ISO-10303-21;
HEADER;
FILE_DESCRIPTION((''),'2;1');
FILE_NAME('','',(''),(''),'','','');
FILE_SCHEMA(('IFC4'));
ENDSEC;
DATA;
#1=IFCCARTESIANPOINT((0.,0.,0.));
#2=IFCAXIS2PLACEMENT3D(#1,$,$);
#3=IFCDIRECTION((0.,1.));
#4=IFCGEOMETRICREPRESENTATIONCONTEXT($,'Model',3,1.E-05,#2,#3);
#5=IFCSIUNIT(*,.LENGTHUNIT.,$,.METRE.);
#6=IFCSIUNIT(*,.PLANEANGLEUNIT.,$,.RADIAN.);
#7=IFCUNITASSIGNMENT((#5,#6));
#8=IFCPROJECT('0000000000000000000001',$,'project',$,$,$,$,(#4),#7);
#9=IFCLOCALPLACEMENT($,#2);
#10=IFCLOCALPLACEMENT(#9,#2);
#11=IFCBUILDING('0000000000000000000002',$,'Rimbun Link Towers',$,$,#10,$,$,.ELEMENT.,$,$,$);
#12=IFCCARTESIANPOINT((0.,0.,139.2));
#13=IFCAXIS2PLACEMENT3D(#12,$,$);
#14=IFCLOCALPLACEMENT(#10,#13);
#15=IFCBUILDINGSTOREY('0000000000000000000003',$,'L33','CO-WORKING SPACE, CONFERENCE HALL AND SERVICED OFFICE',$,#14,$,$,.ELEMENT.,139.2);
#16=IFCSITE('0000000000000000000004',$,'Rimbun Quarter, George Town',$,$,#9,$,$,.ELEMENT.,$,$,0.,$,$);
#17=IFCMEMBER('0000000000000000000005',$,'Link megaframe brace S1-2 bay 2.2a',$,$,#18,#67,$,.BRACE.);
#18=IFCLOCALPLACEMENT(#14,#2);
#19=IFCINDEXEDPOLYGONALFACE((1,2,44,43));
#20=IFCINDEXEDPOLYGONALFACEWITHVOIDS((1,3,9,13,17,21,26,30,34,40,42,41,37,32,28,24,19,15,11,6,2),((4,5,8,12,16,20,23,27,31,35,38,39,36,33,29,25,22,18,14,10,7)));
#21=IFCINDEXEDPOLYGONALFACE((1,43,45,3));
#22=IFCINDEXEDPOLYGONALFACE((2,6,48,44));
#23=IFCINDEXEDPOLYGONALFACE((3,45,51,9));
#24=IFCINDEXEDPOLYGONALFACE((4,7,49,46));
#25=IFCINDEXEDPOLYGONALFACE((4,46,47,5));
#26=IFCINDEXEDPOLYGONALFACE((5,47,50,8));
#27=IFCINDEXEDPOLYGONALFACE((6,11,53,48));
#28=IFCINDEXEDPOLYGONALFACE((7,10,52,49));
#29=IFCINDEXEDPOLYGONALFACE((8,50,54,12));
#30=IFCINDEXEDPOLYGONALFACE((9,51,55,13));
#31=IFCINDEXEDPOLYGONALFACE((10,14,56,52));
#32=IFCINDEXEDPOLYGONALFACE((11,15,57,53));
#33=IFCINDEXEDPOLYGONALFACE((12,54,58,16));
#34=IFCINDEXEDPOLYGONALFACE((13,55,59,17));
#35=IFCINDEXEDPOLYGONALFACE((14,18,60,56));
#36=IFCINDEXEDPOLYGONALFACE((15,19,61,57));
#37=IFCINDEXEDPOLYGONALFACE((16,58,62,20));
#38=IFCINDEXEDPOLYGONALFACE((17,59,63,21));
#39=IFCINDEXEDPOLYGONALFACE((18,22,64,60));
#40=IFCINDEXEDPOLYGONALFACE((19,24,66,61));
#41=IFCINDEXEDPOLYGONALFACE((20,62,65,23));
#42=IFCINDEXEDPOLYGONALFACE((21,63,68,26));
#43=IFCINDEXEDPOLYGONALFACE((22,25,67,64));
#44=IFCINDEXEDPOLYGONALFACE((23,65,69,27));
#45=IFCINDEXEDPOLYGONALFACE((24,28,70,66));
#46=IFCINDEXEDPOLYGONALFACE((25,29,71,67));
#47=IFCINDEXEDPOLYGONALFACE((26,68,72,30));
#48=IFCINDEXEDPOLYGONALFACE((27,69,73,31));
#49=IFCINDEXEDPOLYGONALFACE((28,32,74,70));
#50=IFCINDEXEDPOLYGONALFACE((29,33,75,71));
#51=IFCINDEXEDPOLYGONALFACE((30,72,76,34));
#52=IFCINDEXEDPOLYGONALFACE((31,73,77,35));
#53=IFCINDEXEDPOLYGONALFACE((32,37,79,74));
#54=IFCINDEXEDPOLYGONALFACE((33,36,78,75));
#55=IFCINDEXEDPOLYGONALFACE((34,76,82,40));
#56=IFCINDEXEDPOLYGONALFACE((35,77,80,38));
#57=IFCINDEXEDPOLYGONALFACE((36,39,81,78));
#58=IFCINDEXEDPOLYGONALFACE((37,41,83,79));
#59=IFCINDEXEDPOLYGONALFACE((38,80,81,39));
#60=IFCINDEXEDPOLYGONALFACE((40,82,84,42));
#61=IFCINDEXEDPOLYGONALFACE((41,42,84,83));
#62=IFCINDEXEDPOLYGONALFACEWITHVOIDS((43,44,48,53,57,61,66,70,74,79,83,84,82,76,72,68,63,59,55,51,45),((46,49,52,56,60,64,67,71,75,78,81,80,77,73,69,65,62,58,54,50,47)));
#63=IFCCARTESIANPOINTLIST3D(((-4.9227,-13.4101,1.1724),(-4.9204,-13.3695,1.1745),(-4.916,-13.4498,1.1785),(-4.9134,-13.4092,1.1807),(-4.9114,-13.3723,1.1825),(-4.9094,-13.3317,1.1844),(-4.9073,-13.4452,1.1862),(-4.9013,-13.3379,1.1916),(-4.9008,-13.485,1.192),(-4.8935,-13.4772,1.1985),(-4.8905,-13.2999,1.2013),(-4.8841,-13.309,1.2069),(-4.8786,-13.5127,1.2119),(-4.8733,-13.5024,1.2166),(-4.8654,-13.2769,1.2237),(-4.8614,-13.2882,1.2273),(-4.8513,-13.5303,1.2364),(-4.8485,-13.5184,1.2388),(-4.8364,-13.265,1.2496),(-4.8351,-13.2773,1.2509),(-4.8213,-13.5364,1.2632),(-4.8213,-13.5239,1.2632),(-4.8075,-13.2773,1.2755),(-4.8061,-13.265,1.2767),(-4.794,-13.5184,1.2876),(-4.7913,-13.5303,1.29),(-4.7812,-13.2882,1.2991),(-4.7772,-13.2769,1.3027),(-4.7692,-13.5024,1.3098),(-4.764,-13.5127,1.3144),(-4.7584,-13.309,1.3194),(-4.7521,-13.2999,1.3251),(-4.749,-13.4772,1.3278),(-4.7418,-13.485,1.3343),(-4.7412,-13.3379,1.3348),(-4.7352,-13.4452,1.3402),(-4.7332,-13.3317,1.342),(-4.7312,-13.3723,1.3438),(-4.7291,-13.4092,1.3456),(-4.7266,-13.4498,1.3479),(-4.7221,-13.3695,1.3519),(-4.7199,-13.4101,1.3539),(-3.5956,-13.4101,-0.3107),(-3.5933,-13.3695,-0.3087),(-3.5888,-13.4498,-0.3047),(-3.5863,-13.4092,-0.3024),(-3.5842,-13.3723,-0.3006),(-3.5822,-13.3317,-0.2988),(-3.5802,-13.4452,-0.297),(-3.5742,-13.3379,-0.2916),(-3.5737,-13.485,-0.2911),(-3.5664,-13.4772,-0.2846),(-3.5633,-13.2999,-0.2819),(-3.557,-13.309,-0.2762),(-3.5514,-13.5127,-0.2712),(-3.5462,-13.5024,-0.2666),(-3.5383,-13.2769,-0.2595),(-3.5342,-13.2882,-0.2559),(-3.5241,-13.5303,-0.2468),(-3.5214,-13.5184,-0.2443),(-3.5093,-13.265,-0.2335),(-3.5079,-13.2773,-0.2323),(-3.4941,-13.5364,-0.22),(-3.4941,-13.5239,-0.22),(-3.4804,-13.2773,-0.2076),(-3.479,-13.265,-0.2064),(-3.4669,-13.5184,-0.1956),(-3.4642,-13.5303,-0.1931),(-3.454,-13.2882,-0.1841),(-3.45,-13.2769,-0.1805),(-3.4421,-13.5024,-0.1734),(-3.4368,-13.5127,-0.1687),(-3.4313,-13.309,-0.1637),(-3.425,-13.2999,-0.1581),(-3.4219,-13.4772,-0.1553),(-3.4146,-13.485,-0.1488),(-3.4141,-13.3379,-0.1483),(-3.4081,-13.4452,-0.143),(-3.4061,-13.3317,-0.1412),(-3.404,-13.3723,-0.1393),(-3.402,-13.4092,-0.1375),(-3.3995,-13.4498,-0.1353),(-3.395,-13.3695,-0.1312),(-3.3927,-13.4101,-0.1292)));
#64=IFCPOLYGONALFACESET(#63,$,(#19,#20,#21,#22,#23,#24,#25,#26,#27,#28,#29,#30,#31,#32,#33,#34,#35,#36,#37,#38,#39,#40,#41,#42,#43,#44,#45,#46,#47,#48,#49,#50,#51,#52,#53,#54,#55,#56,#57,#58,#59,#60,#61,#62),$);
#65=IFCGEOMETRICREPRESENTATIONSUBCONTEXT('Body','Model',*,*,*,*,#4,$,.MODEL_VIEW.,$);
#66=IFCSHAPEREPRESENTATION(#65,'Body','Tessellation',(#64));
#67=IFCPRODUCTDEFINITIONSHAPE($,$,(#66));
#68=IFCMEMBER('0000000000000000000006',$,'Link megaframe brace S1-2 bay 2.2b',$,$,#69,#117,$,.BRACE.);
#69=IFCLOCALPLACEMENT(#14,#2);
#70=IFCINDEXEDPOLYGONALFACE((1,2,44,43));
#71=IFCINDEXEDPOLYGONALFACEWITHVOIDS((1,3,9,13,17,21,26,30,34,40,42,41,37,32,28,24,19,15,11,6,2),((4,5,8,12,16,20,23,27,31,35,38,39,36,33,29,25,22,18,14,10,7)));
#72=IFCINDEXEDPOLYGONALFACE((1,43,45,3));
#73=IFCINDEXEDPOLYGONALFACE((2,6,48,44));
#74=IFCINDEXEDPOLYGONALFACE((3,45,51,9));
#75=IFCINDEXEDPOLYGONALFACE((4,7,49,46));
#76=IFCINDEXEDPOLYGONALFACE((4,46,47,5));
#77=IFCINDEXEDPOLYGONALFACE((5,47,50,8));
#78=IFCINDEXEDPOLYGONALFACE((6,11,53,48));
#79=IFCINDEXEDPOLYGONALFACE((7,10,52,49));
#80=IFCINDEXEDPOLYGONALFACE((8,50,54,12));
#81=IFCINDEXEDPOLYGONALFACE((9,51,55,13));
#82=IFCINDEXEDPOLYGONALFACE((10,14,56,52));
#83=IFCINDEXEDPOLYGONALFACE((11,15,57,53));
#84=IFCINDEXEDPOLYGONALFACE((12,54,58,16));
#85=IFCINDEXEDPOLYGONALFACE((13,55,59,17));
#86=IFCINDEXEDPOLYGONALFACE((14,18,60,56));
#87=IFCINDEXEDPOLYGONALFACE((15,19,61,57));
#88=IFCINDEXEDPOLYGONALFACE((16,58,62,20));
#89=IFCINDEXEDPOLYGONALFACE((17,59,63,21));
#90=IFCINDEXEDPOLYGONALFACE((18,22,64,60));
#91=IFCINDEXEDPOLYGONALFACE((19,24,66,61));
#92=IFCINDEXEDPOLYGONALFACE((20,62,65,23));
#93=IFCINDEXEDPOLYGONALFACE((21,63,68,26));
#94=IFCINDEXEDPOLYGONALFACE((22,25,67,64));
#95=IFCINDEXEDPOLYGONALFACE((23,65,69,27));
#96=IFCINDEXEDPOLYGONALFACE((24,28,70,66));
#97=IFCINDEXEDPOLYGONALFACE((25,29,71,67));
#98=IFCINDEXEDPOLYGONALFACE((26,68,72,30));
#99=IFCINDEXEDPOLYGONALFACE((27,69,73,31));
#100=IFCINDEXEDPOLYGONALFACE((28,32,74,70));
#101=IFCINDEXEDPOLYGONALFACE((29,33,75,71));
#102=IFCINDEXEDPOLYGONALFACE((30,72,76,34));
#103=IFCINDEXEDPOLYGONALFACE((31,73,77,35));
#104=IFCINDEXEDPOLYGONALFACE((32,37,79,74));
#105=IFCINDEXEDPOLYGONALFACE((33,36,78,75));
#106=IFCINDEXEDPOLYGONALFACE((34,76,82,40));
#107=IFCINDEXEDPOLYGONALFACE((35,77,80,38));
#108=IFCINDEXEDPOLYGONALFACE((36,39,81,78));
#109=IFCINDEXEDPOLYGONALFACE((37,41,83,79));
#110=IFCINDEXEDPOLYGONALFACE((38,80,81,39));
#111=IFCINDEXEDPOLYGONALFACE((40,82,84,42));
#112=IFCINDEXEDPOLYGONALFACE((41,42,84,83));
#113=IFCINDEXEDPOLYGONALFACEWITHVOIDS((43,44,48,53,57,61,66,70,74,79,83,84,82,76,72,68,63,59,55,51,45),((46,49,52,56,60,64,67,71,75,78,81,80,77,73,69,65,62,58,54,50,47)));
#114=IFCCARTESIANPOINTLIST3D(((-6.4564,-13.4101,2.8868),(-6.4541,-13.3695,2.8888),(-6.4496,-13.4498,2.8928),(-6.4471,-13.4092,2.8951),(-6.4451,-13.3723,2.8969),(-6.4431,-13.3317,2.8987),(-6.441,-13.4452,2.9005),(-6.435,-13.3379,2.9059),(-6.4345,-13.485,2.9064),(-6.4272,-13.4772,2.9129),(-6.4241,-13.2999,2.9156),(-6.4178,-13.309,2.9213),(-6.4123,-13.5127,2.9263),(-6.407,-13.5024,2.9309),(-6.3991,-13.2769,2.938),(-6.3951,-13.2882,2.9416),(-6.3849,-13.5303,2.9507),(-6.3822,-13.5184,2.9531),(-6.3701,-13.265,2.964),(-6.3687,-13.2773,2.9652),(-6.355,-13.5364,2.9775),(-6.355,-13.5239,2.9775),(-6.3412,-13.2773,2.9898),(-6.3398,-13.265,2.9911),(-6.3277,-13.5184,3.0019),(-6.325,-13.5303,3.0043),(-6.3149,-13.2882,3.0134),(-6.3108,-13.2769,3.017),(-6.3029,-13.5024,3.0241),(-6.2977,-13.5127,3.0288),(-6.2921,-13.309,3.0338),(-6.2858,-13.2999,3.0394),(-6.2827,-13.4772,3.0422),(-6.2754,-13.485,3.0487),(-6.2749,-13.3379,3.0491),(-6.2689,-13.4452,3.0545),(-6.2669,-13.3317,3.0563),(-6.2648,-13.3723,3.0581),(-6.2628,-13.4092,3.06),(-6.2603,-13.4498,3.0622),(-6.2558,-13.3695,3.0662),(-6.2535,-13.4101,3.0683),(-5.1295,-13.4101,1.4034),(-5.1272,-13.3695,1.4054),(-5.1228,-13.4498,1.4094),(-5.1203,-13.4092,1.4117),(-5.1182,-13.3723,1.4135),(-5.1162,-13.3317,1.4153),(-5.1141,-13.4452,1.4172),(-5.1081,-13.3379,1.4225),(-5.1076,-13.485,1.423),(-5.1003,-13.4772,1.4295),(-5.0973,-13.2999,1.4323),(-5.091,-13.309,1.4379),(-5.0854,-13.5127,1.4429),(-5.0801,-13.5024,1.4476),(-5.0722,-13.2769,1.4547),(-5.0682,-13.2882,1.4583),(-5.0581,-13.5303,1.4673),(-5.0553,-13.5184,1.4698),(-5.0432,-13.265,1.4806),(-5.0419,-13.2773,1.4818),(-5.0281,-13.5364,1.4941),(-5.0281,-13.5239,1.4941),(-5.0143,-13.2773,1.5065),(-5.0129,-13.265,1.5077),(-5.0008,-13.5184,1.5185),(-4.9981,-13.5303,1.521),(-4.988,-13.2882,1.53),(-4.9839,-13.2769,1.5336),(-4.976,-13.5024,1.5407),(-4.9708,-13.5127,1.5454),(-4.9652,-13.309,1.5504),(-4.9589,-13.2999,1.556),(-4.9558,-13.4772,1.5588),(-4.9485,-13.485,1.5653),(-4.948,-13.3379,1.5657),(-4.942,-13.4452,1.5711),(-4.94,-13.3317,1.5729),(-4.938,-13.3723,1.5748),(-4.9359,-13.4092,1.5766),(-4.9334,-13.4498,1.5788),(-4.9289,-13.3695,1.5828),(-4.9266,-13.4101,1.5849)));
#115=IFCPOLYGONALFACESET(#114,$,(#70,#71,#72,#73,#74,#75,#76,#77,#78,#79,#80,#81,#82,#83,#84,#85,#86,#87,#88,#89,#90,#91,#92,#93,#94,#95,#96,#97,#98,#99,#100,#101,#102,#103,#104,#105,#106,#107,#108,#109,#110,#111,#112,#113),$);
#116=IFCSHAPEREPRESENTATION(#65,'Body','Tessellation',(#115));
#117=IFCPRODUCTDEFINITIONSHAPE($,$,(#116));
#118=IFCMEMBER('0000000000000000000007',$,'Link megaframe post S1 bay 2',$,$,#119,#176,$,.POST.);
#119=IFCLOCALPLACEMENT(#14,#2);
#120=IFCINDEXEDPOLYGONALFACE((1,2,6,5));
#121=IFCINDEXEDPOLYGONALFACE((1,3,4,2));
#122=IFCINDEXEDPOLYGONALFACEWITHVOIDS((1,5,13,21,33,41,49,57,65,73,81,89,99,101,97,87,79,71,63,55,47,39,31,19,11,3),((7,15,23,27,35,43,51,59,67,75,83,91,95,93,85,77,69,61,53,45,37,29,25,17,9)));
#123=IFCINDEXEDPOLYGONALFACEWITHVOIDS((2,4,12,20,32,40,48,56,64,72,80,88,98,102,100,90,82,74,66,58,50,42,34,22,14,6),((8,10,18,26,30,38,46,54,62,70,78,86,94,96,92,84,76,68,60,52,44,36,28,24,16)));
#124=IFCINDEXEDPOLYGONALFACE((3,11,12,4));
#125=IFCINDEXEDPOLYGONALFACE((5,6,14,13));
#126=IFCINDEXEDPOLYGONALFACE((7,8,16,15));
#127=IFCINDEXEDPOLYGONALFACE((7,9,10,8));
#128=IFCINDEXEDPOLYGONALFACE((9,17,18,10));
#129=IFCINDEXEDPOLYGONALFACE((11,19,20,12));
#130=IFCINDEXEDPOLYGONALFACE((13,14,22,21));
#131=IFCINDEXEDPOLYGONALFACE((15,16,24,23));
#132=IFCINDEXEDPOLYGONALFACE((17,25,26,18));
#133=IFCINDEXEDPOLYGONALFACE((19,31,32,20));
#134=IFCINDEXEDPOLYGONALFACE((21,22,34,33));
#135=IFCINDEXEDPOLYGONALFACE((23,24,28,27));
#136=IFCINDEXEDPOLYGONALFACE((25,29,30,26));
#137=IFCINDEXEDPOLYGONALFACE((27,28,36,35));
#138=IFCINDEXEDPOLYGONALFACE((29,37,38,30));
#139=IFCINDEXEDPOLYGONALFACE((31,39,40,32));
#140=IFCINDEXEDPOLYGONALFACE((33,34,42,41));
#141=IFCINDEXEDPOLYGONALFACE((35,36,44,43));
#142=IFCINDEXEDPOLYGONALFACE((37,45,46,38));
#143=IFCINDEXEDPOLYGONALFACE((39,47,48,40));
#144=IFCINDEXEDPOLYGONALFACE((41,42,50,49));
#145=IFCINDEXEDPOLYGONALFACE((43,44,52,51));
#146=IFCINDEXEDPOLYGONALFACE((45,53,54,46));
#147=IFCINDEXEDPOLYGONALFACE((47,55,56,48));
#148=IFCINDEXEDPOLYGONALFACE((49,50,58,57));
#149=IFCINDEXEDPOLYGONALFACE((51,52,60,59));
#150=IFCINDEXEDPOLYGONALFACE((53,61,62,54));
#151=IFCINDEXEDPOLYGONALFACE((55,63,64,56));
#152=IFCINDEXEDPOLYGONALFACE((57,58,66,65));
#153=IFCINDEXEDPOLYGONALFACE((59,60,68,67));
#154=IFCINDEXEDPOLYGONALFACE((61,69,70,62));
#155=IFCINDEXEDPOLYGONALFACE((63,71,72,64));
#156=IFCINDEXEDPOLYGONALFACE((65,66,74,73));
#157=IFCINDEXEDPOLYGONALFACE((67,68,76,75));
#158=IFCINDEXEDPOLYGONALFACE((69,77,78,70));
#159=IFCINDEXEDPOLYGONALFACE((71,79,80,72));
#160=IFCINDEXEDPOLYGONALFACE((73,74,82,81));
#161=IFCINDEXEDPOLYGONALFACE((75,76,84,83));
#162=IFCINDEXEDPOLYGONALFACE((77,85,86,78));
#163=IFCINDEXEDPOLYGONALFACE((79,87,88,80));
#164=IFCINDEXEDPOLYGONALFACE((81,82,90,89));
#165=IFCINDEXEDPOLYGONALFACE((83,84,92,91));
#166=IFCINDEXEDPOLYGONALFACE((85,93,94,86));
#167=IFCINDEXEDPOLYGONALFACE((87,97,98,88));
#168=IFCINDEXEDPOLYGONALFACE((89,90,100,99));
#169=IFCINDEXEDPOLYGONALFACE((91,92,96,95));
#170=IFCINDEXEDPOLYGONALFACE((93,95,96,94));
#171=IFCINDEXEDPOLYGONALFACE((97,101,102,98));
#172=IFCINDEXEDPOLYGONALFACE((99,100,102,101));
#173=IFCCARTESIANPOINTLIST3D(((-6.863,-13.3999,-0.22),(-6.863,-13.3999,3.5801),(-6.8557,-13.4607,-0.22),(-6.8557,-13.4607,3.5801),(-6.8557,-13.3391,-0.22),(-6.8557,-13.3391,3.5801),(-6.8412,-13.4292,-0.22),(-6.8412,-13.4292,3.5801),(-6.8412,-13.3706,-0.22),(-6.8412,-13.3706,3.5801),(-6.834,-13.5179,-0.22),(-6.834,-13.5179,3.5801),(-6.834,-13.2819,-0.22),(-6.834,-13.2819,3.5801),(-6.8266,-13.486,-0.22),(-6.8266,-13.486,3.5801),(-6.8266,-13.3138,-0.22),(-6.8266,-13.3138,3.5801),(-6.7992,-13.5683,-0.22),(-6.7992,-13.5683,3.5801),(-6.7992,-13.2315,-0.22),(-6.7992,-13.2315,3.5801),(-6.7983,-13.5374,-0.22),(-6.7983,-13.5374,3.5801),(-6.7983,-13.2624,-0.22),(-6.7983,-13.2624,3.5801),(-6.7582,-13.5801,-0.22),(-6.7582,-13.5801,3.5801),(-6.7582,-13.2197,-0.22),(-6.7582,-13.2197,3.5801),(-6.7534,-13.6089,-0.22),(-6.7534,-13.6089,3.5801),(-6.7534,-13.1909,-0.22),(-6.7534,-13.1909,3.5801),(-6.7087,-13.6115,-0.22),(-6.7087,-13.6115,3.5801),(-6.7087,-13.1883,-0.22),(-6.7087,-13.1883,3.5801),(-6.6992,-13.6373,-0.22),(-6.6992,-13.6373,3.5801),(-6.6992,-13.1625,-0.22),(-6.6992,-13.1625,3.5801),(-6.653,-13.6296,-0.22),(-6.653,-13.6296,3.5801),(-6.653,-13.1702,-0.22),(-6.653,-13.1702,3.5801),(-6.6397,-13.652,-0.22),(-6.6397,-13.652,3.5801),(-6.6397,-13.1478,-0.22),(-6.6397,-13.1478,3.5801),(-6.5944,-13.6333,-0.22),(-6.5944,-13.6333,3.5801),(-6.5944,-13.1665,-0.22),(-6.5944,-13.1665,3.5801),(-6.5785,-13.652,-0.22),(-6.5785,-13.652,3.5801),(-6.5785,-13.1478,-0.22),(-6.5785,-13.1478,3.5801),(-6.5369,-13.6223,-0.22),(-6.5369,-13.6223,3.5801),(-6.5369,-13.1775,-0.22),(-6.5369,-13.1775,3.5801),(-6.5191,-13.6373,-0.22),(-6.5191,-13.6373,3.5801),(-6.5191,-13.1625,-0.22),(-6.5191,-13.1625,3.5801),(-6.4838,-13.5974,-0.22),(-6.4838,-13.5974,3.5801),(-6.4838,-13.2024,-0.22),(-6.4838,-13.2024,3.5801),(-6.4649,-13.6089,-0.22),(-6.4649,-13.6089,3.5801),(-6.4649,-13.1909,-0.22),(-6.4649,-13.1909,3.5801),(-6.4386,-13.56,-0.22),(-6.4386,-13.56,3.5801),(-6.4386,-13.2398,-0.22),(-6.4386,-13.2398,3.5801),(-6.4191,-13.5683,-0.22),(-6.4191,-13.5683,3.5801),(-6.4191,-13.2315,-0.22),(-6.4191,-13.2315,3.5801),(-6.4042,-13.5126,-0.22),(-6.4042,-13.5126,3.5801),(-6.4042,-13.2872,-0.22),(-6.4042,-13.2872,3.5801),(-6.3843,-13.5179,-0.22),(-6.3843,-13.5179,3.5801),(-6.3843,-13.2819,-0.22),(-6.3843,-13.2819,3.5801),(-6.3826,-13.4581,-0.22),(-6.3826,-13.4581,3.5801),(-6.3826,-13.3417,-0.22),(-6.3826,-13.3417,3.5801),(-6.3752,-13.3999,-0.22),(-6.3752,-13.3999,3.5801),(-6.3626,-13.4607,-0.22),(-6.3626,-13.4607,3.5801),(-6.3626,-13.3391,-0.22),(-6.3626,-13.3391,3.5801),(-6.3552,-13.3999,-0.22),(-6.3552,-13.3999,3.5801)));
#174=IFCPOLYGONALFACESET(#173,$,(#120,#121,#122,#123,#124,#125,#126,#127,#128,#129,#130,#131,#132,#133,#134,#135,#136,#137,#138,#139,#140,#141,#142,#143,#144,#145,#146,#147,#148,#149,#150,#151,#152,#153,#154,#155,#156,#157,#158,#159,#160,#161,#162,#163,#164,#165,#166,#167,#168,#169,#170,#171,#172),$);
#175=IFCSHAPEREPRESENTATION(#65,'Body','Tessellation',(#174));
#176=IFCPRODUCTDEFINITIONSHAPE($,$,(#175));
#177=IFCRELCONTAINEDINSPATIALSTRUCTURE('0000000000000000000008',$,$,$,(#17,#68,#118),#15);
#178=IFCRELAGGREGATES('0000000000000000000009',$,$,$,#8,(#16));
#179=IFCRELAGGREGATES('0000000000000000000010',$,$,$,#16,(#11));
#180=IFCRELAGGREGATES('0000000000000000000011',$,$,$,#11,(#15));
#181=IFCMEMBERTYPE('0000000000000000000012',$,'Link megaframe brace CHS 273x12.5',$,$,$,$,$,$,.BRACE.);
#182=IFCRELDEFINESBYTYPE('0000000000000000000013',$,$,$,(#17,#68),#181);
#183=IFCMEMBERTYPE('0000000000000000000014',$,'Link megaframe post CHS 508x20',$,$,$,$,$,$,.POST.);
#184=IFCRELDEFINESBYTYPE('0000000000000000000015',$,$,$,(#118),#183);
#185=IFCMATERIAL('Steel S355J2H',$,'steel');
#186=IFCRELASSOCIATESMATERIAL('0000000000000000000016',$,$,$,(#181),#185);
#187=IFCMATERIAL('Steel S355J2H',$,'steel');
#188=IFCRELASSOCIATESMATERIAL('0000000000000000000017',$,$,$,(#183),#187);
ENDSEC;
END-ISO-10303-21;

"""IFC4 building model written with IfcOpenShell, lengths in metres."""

from ifc_helpers import new_model, si_unit, direction, frame, origin, origin_2d, place, context, subcontext, project, spatial, hollow_circle, extrude, material, material_profile, profile_set, type_object, element, save


model = new_model("IFC4")

# Units and contexts
model_context = context("Model", 3, precision=1e-05, world=origin(), true_north=direction((0.0, 1.0)))
body_context = subcontext(model_context, "Body", "Model", "MODEL_VIEW")
ifc_project = project(units=[si_unit("LENGTHUNIT", "METRE"), si_unit("PLANEANGLEUNIT", "RADIAN")], contexts=[model_context])

# Site, building, storey
site_placement = place(None, origin())
site = spatial("IfcSite", under=ifc_project, at=site_placement, Name="Rimbun Quarter, George Town", CompositionType="ELEMENT", RefElevation=0.0)
building_placement = place(site_placement, origin())
building = spatial("IfcBuilding", under=site, at=building_placement, Name="Rimbun Link Towers", CompositionType="ELEMENT")
storey_placement = place(building_placement, frame((0.0, 0.0, 139.2)))
storey = spatial("IfcBuildingStorey", under=building, at=storey_placement, Name="L33", Description="CO-WORKING SPACE, CONFERENCE HALL AND SERVICED OFFICE", CompositionType="ELEMENT", Elevation=139.2)

# Members
ifc_material_1 = material(Name="Steel S355J2H", Category="steel")
ifc_material_profile_1 = material_profile(ifc_material_1, hollow_circle(Radius=0.1365, WallThickness=0.0125, at=origin_2d()), Name="CHS 273x12.5")
ifc_profile_set_1 = profile_set([ifc_material_profile_1], Name="Steel S355J2H")
member_type_1 = type_object("IfcMemberType", Name="Link megaframe brace CHS 273x12.5", PredefinedType="BRACE", material=ifc_profile_set_1)
for number, where, z_axis, x_axis, name in (
    (1, (-3.4941, -13.3999, -0.22), (-0.666827, 0.0, 0.745212), (0.0, -1.0, 0.0), "Link megaframe brace S1-2 bay 2.2a"),
    (2, (-5.0281, -13.3999, 1.4941), (-0.666698, 0.0, 0.745328), (0.0, -1.0, 0.0), "Link megaframe brace S1-2 bay 2.2b"),
):
    element("IfcMember", number, at=place(storey_placement, frame(where, z_axis=z_axis, x_axis=x_axis)), inside=storey, type_object=member_type_1, Name=name, PredefinedType="BRACE", context=body_context, shape_type="SweptSolid", body=[
        extrude(hollow_circle(Radius=0.1365, WallThickness=0.0125, at=origin_2d()), origin(), (0.0, 0.0, 1.0), 1.9902),
    ])
ifc_material_2 = material(Name="Steel S355J2H", Category="steel")
ifc_material_profile_2 = material_profile(ifc_material_2, hollow_circle(Radius=0.2539, WallThickness=0.02, at=origin_2d()), Name="CHS 508x20")
ifc_profile_set_2 = profile_set([ifc_material_profile_2], Name="Steel S355J2H")
member_type_2 = type_object("IfcMemberType", Name="Link megaframe post CHS 508x20", PredefinedType="POST", material=ifc_profile_set_2)
for number, where, z_axis, x_axis, name in (
    (3, (-6.6091, -13.3999, -0.22), (0.0, 0.0, 1.0), (1.0, 0.0, 0.0), "Link megaframe post S1 bay 2"),
):
    element("IfcMember", number, at=place(storey_placement, frame(where, z_axis=z_axis, x_axis=x_axis)), inside=storey, type_object=member_type_2, Name=name, PredefinedType="POST", context=body_context, shape_type="SweptSolid", body=[
        extrude(hollow_circle(Radius=0.2539, WallThickness=0.02, at=origin_2d()), origin(), (0.0, 0.0, 1.0), 3.8),
    ])

save(model, "model.ifc")
